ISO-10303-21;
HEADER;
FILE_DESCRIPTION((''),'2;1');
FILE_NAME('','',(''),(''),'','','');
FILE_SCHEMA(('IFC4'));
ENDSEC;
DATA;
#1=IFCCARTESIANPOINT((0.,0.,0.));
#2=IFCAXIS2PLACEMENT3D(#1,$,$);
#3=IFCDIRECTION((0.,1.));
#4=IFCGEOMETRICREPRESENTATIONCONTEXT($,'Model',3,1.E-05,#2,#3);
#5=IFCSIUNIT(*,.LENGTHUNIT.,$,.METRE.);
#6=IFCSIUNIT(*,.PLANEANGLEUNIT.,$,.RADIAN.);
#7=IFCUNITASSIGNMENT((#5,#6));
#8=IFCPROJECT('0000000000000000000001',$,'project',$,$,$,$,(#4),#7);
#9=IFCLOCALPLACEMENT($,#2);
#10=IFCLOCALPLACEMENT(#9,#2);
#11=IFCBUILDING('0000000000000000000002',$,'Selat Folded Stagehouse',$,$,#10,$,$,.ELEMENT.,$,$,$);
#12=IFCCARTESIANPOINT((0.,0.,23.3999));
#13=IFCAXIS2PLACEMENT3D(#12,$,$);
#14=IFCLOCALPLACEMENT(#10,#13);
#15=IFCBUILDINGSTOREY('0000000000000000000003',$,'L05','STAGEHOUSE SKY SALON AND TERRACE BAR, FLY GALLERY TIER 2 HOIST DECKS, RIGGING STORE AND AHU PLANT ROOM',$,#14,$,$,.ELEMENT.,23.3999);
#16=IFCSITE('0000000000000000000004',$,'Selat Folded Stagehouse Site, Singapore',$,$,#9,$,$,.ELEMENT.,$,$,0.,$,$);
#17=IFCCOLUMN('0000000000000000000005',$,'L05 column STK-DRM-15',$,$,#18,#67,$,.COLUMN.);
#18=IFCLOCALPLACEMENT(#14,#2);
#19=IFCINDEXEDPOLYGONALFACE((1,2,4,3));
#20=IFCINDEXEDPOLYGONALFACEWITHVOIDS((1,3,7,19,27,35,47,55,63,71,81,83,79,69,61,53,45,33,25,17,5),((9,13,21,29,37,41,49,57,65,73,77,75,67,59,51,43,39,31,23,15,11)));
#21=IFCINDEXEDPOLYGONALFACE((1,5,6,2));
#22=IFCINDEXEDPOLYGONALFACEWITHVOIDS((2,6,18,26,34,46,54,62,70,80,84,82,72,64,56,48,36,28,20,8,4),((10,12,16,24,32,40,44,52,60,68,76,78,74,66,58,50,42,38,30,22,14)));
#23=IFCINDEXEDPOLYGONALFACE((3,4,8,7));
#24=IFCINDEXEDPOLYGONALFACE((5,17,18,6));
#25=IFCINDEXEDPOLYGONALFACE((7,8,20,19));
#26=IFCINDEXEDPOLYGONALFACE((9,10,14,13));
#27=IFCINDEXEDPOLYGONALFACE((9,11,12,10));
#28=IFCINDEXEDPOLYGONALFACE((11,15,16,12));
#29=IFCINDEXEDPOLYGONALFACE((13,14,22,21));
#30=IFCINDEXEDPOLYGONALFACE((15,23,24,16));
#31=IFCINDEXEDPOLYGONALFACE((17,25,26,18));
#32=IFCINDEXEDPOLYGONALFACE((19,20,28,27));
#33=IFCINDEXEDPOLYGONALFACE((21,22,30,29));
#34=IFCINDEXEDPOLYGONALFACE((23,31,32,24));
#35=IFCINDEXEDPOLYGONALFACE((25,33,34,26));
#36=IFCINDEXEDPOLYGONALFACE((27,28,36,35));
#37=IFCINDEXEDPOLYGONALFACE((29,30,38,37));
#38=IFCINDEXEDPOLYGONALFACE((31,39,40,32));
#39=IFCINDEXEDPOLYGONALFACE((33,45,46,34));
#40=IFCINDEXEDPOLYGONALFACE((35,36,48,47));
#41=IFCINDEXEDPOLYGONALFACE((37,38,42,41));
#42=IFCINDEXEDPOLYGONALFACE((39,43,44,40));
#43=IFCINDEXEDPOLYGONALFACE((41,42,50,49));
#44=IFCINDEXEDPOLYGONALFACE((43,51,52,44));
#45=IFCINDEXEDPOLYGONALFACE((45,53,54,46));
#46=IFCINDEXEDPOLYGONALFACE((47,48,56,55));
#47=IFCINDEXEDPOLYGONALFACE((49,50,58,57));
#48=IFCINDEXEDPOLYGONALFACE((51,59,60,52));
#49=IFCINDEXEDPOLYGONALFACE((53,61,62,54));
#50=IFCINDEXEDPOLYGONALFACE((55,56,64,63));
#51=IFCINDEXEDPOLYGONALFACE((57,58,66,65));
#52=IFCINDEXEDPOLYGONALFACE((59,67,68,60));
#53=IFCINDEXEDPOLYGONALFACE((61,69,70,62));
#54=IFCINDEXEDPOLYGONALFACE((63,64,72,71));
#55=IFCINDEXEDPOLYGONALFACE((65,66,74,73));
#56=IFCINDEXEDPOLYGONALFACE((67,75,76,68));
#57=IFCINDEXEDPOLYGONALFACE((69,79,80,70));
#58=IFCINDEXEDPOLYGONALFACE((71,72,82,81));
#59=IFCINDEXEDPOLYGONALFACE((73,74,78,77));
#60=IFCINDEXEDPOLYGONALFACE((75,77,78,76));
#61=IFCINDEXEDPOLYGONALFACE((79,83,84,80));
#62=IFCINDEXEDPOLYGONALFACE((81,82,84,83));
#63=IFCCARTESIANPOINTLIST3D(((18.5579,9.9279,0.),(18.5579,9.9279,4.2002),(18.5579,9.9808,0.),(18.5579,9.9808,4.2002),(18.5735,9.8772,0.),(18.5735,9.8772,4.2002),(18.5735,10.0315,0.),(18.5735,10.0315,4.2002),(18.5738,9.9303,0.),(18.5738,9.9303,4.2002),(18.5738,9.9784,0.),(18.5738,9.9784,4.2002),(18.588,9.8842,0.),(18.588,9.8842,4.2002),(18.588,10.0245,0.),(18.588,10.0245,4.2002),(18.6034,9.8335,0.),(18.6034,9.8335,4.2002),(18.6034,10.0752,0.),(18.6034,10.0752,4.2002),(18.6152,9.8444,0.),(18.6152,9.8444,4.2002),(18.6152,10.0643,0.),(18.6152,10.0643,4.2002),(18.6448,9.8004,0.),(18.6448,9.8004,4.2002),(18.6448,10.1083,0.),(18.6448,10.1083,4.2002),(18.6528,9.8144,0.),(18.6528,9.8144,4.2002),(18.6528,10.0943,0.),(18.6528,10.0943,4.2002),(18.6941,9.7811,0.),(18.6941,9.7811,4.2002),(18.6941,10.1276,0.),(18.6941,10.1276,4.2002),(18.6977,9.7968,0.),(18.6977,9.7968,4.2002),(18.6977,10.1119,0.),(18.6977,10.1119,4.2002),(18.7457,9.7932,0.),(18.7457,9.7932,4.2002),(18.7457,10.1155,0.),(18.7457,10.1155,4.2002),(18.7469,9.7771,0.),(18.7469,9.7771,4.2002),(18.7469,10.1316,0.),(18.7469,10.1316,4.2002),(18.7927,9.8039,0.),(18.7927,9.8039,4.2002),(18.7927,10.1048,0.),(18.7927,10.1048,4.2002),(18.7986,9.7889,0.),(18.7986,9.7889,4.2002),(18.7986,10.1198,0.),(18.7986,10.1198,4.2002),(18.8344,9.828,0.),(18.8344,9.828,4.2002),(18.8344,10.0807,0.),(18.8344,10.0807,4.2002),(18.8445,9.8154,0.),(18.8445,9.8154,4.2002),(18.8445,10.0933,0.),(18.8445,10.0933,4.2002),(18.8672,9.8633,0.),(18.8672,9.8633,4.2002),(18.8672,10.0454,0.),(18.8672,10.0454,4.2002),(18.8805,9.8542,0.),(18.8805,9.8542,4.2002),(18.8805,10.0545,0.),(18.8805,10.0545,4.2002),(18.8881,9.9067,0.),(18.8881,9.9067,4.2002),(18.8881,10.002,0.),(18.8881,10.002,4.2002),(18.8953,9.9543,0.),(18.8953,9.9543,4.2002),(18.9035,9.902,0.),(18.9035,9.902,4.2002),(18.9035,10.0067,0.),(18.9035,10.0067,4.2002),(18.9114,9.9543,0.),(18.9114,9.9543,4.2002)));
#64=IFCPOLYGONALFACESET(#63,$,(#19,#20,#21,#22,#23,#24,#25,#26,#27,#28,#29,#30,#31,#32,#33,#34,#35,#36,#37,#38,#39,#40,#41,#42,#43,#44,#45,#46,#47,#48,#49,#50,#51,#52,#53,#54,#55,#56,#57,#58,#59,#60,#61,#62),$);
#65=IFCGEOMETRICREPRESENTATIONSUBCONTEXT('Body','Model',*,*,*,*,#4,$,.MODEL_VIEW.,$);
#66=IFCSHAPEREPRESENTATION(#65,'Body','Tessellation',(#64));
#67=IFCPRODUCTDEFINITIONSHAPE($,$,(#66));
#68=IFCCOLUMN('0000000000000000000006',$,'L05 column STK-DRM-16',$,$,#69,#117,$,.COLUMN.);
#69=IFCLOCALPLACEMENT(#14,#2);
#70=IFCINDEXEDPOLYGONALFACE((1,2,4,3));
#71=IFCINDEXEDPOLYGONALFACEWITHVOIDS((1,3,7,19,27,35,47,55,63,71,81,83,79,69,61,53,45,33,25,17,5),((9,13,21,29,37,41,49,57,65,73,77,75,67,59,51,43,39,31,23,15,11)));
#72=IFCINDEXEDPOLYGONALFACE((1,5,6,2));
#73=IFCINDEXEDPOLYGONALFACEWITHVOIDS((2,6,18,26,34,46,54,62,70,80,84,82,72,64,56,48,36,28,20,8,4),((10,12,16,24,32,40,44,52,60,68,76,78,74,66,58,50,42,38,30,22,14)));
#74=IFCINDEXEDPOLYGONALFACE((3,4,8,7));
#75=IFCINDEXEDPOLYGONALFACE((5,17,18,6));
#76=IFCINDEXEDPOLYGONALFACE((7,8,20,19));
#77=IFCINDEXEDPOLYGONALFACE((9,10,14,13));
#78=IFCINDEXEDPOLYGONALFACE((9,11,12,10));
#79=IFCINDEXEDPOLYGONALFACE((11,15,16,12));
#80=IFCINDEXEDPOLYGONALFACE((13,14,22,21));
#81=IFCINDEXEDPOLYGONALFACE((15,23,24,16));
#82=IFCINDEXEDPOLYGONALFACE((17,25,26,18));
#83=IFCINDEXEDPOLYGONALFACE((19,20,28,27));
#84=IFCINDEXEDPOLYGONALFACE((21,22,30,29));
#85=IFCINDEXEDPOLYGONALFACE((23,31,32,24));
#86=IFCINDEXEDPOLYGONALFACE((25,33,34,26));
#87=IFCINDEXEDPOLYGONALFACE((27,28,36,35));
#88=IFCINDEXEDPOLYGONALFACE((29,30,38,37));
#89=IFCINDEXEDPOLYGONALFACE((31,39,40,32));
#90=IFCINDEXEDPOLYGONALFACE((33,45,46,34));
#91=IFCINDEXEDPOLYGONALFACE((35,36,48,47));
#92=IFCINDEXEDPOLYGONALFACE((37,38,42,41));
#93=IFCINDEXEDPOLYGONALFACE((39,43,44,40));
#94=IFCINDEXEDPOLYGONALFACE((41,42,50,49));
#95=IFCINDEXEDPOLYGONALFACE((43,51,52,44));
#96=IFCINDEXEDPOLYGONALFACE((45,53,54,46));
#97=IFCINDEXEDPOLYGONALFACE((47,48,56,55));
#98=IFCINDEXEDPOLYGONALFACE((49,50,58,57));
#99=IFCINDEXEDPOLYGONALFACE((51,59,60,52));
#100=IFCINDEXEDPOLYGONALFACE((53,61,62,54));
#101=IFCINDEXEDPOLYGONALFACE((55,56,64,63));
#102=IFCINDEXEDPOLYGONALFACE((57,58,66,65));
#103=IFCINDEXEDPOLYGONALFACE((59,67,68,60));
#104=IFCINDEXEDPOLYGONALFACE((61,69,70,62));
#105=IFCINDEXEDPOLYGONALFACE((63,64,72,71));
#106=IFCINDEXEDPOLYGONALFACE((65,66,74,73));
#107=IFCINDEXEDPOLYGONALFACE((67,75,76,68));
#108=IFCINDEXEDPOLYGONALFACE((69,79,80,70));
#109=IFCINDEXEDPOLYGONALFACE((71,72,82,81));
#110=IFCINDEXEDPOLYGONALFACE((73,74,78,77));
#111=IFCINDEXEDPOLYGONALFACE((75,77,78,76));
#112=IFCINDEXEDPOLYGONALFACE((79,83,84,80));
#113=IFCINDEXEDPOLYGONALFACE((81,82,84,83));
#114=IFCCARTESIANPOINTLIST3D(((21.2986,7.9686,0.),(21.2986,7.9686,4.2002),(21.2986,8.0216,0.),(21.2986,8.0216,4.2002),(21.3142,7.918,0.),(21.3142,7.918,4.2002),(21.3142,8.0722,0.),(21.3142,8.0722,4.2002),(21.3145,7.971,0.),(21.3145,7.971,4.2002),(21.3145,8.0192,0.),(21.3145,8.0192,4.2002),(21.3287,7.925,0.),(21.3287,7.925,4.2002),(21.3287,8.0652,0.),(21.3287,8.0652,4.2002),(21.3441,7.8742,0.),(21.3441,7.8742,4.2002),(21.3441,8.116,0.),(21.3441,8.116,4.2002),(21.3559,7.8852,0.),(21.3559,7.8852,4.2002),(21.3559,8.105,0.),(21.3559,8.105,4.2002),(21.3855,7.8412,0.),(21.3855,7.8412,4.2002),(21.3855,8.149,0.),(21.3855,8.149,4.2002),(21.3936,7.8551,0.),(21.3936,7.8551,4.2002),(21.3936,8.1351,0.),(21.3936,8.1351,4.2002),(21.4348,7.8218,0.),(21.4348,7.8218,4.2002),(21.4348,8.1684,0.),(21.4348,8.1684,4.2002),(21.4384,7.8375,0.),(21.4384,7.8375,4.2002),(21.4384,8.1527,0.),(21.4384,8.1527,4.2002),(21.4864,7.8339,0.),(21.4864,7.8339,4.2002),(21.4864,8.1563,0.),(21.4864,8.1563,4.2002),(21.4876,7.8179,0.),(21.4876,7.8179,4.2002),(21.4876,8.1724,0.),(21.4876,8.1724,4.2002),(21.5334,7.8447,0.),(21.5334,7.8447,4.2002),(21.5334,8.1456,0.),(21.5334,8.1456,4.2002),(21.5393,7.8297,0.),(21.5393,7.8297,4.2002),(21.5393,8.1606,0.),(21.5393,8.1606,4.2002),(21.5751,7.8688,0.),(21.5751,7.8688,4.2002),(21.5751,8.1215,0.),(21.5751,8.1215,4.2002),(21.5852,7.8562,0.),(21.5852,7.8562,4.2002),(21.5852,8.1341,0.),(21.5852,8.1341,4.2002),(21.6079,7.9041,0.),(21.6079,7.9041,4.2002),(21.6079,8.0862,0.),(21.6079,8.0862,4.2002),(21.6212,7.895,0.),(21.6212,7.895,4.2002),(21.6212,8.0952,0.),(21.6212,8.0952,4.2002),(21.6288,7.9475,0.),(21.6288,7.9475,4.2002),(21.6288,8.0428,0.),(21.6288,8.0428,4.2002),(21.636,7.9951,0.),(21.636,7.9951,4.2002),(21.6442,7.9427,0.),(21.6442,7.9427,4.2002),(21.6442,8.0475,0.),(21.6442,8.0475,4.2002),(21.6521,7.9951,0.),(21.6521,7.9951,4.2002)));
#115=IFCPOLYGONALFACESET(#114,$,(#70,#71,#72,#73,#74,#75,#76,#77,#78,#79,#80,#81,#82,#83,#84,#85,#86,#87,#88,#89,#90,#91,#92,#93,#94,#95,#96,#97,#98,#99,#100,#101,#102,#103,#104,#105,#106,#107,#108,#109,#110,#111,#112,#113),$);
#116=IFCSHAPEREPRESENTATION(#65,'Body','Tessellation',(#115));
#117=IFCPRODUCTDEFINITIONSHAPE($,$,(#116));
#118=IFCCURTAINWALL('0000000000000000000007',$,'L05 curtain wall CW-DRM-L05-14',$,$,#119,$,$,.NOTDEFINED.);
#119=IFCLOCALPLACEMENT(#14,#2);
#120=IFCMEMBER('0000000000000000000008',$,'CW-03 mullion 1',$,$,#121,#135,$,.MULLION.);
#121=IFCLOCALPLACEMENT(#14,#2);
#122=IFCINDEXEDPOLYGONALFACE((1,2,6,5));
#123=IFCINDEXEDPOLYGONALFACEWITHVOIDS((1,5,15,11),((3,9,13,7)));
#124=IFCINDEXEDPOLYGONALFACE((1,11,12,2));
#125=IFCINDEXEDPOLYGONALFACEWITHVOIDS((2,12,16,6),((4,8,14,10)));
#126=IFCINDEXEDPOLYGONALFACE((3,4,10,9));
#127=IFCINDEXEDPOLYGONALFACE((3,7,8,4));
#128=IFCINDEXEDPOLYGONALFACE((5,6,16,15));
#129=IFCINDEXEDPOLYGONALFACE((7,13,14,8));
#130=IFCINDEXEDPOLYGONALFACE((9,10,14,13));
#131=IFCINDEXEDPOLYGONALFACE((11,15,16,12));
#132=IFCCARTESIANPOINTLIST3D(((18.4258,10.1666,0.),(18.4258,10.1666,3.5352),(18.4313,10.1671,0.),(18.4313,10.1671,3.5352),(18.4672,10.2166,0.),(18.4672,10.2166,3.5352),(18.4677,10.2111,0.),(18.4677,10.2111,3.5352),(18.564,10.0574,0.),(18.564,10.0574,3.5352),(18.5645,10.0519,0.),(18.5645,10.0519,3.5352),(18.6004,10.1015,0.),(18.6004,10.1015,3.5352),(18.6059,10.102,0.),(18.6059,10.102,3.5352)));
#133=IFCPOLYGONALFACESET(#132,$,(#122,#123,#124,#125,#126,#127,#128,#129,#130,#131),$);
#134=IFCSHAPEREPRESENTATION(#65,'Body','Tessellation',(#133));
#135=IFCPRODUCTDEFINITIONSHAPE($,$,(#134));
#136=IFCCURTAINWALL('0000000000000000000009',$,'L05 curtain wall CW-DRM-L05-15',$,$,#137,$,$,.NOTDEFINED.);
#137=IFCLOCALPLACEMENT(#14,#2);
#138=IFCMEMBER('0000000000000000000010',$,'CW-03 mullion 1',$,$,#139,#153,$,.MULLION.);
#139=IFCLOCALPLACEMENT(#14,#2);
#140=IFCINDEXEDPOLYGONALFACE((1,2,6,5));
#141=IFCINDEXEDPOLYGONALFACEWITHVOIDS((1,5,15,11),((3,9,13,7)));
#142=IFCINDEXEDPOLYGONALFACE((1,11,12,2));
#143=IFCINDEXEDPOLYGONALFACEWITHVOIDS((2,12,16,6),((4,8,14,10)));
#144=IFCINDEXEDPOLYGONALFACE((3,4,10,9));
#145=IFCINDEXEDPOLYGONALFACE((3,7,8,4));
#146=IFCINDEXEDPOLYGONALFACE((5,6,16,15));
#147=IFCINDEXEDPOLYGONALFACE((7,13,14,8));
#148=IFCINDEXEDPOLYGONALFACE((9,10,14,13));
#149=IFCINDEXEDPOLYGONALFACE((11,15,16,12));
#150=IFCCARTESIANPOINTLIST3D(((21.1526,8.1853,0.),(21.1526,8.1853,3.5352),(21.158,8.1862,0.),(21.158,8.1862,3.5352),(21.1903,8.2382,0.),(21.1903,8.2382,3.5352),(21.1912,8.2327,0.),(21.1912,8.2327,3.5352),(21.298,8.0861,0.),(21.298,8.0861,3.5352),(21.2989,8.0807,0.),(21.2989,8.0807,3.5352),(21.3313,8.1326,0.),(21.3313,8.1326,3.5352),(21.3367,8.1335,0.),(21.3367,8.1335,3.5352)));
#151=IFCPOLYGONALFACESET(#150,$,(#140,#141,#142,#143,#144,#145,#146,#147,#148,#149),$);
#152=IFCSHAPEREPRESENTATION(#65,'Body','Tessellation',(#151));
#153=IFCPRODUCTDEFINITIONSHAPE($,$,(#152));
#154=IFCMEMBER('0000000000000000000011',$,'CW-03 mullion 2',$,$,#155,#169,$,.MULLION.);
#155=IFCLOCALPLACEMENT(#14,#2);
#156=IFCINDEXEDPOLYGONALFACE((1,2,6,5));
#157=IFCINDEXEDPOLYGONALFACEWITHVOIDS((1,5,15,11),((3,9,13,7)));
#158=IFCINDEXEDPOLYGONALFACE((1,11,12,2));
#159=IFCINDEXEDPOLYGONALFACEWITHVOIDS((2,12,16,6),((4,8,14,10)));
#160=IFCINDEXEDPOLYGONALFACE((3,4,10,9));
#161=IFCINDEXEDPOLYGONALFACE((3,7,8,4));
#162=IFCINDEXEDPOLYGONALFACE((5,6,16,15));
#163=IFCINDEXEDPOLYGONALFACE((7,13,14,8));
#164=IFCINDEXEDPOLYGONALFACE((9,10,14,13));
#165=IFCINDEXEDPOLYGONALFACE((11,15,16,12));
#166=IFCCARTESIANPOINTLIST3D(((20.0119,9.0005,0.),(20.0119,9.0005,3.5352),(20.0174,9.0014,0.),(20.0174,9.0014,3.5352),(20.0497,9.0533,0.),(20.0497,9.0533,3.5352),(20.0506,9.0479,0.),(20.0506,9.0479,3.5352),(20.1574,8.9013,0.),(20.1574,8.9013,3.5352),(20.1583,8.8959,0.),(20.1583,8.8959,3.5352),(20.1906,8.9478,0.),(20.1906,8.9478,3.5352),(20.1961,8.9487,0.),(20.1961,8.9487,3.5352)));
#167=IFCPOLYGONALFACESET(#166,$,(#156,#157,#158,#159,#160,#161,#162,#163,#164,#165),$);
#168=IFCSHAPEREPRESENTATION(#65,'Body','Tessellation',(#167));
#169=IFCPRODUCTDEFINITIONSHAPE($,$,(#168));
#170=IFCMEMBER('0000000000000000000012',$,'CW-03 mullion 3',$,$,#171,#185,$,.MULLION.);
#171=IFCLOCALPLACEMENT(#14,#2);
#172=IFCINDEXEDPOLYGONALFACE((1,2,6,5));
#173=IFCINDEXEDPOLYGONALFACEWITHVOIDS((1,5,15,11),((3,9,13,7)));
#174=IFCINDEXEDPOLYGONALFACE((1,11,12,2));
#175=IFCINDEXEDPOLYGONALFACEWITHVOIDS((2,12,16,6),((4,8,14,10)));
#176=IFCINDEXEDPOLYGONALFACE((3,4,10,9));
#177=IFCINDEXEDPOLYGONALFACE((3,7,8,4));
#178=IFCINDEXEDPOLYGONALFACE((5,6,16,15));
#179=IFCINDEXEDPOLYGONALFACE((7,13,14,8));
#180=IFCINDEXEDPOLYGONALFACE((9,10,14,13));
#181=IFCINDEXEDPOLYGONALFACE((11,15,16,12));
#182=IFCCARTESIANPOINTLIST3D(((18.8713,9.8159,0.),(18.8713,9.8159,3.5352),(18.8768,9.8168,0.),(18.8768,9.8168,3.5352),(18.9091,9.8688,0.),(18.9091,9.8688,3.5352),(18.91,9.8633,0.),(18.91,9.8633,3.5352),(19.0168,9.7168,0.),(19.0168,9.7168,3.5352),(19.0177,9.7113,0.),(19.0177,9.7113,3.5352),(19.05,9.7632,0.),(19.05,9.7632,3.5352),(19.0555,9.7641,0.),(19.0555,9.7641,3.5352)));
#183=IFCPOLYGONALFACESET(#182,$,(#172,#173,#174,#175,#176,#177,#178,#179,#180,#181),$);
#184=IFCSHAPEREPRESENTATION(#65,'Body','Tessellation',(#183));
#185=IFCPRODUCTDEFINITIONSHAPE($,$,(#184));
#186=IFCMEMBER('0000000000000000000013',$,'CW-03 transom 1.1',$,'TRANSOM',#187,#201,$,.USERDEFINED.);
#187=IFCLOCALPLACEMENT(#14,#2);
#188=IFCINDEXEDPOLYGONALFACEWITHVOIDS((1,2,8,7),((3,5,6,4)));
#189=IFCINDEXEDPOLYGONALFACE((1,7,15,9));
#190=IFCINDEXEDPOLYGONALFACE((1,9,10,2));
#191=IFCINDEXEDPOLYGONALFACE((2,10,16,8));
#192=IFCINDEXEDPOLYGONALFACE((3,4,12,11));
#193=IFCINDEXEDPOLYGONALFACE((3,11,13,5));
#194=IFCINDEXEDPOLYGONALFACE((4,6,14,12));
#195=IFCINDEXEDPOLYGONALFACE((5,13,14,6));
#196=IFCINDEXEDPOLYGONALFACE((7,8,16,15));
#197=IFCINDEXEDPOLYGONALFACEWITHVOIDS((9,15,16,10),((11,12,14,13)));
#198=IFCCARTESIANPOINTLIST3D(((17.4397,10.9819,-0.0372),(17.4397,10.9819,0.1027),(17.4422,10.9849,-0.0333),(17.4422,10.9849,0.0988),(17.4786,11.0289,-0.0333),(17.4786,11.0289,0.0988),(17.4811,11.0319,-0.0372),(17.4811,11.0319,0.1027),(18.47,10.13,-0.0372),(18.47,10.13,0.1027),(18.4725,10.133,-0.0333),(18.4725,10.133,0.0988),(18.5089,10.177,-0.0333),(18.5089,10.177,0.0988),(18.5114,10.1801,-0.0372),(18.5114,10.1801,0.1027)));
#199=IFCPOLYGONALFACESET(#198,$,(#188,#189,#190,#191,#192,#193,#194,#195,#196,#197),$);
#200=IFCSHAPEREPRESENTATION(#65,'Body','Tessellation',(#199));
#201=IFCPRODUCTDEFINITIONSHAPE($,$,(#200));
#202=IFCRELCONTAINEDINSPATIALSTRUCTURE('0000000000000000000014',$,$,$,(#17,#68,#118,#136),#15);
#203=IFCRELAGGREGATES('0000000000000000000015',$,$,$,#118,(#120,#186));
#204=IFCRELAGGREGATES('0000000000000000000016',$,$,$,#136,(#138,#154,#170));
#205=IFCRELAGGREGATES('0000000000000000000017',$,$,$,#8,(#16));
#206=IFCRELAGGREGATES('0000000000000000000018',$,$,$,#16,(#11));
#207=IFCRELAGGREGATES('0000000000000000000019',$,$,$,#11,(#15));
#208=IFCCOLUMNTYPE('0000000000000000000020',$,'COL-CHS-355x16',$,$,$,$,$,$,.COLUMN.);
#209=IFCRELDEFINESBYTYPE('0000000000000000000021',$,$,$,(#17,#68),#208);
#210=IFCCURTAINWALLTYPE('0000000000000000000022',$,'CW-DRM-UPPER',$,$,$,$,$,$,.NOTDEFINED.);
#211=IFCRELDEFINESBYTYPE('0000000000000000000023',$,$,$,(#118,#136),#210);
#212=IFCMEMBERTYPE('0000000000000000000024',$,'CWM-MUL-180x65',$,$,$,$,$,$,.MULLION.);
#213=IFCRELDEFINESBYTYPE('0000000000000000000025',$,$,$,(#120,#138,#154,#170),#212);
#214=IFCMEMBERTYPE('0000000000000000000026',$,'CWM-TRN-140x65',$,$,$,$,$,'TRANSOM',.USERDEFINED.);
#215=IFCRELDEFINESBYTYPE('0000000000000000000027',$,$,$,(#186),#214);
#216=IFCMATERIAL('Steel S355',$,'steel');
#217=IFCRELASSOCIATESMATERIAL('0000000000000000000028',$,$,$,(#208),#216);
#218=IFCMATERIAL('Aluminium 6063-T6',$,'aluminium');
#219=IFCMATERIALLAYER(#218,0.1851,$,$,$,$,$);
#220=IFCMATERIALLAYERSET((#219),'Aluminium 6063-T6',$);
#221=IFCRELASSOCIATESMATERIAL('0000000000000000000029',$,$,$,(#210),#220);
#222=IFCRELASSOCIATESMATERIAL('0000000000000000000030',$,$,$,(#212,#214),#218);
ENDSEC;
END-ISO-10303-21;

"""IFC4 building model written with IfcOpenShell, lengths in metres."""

from ifc_helpers import new_model, si_unit, direction, frame, origin, origin_2d, place, context, subcontext, project, spatial, hollow_rectangle, hollow_circle, extrude, material, layer, layer_set, material_profile, profile_set, type_object, element, aggregate, save


model = new_model("IFC4")

# Units and contexts
model_context = context("Model", 3, precision=1e-05, world=origin(), true_north=direction((0.0, 1.0)))
body_context = subcontext(model_context, "Body", "Model", "MODEL_VIEW")
ifc_project = project(units=[si_unit("LENGTHUNIT", "METRE"), si_unit("PLANEANGLEUNIT", "RADIAN")], contexts=[model_context])

# Site, building, storey
site_placement = place(None, origin())
site = spatial("IfcSite", under=ifc_project, at=site_placement, Name="Selat Folded Stagehouse Site, Singapore", CompositionType="ELEMENT", RefElevation=0.0)
building_placement = place(site_placement, origin())
building = spatial("IfcBuilding", under=site, at=building_placement, Name="Selat Folded Stagehouse", CompositionType="ELEMENT")
storey_placement = place(building_placement, frame((0.0, 0.0, 23.3999)))
storey = spatial("IfcBuildingStorey", under=building, at=storey_placement, Name="L05", Description="STAGEHOUSE SKY SALON AND TERRACE BAR, FLY GALLERY TIER 2 HOIST DECKS, RIGGING STORE AND AHU PLANT ROOM", CompositionType="ELEMENT", Elevation=23.3999)

# Columns
ifc_material_1 = material(Name="Steel S355", Category="steel")
ifc_material_profile_1 = material_profile(ifc_material_1, hollow_circle(Radius=0.1777, WallThickness=0.0161, at=origin_2d()), Name="CHS 355.6x16.0")
ifc_profile_set_1 = profile_set([ifc_material_profile_1], Name="Steel S355")
column_type = type_object("IfcColumnType", Name="COL-CHS-355x16", PredefinedType="COLUMN", material=ifc_profile_set_1)
for number, where, z_axis, x_axis, name in (
    (1, (18.7336, 9.9543, 0.0), (0.0, 0.0, 1.0), (1.0, 0.0, 0.0), "L05 column STK-DRM-15"),
    (2, (21.4744, 7.9951, 0.0), (0.0, 0.0, 1.0), (1.0, 0.0, 0.0), "L05 column STK-DRM-16"),
):
    element("IfcColumn", number, at=place(storey_placement, frame(where, z_axis=z_axis, x_axis=x_axis)), inside=storey, type_object=column_type, Name=name, PredefinedType="COLUMN", context=body_context, shape_type="SweptSolid", body=[
        extrude(hollow_circle(Radius=0.1777, WallThickness=0.0161, at=origin_2d()), origin(), (0.0, 0.0, 1.0), 4.2002),
    ])

# Curtain wall, member
ifc_material_2 = material(Name="Aluminium 6063-T6", Category="aluminium")
ifc_layer_1 = layer(ifc_material_2, 0.1851)
ifc_layer_set_1 = layer_set([ifc_layer_1], Name="Aluminium 6063-T6")
curtain_wall_type = type_object("IfcCurtainWallType", Name="CW-DRM-UPPER", PredefinedType="NOTDEFINED", material=ifc_layer_set_1)
curtain_wall_1_placement = place(storey_placement, origin())
curtain_wall_1 = element("IfcCurtainWall", 3, at=curtain_wall_1_placement, inside=storey, type_object=curtain_wall_type, Name="L05 curtain wall CW-DRM-L05-14", PredefinedType="NOTDEFINED")
ifc_material_profile_2 = material_profile(ifc_material_2, hollow_rectangle(XDim=0.0649, YDim=0.1799, WallThickness=0.0039, at=origin_2d()), Name="ALU 180x65x4.0")
ifc_profile_set_2 = profile_set([ifc_material_profile_2], Name="Aluminium 6063-T6")
member_type_1 = type_object("IfcMemberType", Name="CWM-MUL-180x65", PredefinedType="MULLION", material=ifc_profile_set_2)
member_1_placement = place(storey_placement, frame((18.5159, 10.1343, 0.0), z_axis=(0.0, 0.0, 1.0), x_axis=(-0.637142, -0.770747, 0.0)))
member_1 = element("IfcMember", 4, at=member_1_placement, type_object=member_type_1, Name="CW-03 mullion 1", PredefinedType="MULLION", context=body_context, shape_type="SweptSolid", body=[
    extrude(hollow_rectangle(XDim=0.0649, YDim=0.1799, WallThickness=0.0039, at=origin_2d()), origin(), (0.0, 0.0, 1.0), 3.5352),
])

# Curtain wall, members
curtain_wall_2_placement = place(storey_placement, origin())
curtain_wall_2 = element("IfcCurtainWall", 5, at=curtain_wall_2_placement, inside=storey, type_object=curtain_wall_type, Name="L05 curtain wall CW-DRM-L05-15", PredefinedType="NOTDEFINED")
member_2_placement = place(storey_placement, frame((21.2446, 8.1594, 0.0), z_axis=(0.0, 0.0, 1.0), x_axis=(-0.581528, -0.813526, 0.0)))
member_2 = element("IfcMember", 6, at=member_2_placement, type_object=member_type_1, Name="CW-03 mullion 1", PredefinedType="MULLION", context=body_context, shape_type="SweptSolid", body=[
    extrude(hollow_rectangle(XDim=0.0649, YDim=0.1799, WallThickness=0.0039, at=origin_2d()), origin(), (0.0, 0.0, 1.0), 3.5352),
])
member_3_placement = place(storey_placement, frame((20.104, 8.9746, 0.0), z_axis=(0.0, 0.0, 1.0), x_axis=(-0.581528, -0.813526, 0.0)))
member_3 = element("IfcMember", 7, at=member_3_placement, type_object=member_type_1, Name="CW-03 mullion 2", PredefinedType="MULLION", context=body_context, shape_type="SweptSolid", body=[
    extrude(hollow_rectangle(XDim=0.0649, YDim=0.1799, WallThickness=0.0039, at=origin_2d()), origin(), (0.0, 0.0, 1.0), 3.5352),
])
member_4_placement = place(storey_placement, frame((18.9634, 9.79, 0.0), z_axis=(0.0, 0.0, 1.0), x_axis=(-0.581528, -0.813526, 0.0)))
member_4 = element("IfcMember", 8, at=member_4_placement, type_object=member_type_1, Name="CW-03 mullion 3", PredefinedType="MULLION", context=body_context, shape_type="SweptSolid", body=[
    extrude(hollow_rectangle(XDim=0.0649, YDim=0.1799, WallThickness=0.0039, at=origin_2d()), origin(), (0.0, 0.0, 1.0), 3.5352),
])

# Member
ifc_material_profile_3 = material_profile(ifc_material_2, hollow_rectangle(XDim=0.0649, YDim=0.1399, WallThickness=0.0039, at=origin_2d()), Name="ALU 140x65x4.0")
ifc_profile_set_3 = profile_set([ifc_material_profile_3], Name="Aluminium 6063-T6")
member_type_2 = type_object("IfcMemberType", Name="CWM-TRN-140x65", ElementType="TRANSOM", PredefinedType="USERDEFINED", material=ifc_profile_set_3)
member_5_placement = place(storey_placement, frame((18.4907, 10.155, 0.0327), z_axis=(-0.7707, 0.637198, 0.0), x_axis=(-0.637198, -0.7707, 0.0)))
member_5 = element("IfcMember", 9, at=member_5_placement, type_object=member_type_2, Name="CW-03 transom 1.1", ObjectType="TRANSOM", PredefinedType="USERDEFINED", context=body_context, shape_type="SweptSolid", body=[
    extrude(hollow_rectangle(XDim=0.0649, YDim=0.1399, WallThickness=0.0039, at=origin_2d()), origin(), (0.0, 0.0, 1.0), 1.3369),
])
aggregate(curtain_wall_1, [member_1, member_5])

aggregate(curtain_wall_2, [member_2, member_3, member_4])

save(model, "model.ifc")
